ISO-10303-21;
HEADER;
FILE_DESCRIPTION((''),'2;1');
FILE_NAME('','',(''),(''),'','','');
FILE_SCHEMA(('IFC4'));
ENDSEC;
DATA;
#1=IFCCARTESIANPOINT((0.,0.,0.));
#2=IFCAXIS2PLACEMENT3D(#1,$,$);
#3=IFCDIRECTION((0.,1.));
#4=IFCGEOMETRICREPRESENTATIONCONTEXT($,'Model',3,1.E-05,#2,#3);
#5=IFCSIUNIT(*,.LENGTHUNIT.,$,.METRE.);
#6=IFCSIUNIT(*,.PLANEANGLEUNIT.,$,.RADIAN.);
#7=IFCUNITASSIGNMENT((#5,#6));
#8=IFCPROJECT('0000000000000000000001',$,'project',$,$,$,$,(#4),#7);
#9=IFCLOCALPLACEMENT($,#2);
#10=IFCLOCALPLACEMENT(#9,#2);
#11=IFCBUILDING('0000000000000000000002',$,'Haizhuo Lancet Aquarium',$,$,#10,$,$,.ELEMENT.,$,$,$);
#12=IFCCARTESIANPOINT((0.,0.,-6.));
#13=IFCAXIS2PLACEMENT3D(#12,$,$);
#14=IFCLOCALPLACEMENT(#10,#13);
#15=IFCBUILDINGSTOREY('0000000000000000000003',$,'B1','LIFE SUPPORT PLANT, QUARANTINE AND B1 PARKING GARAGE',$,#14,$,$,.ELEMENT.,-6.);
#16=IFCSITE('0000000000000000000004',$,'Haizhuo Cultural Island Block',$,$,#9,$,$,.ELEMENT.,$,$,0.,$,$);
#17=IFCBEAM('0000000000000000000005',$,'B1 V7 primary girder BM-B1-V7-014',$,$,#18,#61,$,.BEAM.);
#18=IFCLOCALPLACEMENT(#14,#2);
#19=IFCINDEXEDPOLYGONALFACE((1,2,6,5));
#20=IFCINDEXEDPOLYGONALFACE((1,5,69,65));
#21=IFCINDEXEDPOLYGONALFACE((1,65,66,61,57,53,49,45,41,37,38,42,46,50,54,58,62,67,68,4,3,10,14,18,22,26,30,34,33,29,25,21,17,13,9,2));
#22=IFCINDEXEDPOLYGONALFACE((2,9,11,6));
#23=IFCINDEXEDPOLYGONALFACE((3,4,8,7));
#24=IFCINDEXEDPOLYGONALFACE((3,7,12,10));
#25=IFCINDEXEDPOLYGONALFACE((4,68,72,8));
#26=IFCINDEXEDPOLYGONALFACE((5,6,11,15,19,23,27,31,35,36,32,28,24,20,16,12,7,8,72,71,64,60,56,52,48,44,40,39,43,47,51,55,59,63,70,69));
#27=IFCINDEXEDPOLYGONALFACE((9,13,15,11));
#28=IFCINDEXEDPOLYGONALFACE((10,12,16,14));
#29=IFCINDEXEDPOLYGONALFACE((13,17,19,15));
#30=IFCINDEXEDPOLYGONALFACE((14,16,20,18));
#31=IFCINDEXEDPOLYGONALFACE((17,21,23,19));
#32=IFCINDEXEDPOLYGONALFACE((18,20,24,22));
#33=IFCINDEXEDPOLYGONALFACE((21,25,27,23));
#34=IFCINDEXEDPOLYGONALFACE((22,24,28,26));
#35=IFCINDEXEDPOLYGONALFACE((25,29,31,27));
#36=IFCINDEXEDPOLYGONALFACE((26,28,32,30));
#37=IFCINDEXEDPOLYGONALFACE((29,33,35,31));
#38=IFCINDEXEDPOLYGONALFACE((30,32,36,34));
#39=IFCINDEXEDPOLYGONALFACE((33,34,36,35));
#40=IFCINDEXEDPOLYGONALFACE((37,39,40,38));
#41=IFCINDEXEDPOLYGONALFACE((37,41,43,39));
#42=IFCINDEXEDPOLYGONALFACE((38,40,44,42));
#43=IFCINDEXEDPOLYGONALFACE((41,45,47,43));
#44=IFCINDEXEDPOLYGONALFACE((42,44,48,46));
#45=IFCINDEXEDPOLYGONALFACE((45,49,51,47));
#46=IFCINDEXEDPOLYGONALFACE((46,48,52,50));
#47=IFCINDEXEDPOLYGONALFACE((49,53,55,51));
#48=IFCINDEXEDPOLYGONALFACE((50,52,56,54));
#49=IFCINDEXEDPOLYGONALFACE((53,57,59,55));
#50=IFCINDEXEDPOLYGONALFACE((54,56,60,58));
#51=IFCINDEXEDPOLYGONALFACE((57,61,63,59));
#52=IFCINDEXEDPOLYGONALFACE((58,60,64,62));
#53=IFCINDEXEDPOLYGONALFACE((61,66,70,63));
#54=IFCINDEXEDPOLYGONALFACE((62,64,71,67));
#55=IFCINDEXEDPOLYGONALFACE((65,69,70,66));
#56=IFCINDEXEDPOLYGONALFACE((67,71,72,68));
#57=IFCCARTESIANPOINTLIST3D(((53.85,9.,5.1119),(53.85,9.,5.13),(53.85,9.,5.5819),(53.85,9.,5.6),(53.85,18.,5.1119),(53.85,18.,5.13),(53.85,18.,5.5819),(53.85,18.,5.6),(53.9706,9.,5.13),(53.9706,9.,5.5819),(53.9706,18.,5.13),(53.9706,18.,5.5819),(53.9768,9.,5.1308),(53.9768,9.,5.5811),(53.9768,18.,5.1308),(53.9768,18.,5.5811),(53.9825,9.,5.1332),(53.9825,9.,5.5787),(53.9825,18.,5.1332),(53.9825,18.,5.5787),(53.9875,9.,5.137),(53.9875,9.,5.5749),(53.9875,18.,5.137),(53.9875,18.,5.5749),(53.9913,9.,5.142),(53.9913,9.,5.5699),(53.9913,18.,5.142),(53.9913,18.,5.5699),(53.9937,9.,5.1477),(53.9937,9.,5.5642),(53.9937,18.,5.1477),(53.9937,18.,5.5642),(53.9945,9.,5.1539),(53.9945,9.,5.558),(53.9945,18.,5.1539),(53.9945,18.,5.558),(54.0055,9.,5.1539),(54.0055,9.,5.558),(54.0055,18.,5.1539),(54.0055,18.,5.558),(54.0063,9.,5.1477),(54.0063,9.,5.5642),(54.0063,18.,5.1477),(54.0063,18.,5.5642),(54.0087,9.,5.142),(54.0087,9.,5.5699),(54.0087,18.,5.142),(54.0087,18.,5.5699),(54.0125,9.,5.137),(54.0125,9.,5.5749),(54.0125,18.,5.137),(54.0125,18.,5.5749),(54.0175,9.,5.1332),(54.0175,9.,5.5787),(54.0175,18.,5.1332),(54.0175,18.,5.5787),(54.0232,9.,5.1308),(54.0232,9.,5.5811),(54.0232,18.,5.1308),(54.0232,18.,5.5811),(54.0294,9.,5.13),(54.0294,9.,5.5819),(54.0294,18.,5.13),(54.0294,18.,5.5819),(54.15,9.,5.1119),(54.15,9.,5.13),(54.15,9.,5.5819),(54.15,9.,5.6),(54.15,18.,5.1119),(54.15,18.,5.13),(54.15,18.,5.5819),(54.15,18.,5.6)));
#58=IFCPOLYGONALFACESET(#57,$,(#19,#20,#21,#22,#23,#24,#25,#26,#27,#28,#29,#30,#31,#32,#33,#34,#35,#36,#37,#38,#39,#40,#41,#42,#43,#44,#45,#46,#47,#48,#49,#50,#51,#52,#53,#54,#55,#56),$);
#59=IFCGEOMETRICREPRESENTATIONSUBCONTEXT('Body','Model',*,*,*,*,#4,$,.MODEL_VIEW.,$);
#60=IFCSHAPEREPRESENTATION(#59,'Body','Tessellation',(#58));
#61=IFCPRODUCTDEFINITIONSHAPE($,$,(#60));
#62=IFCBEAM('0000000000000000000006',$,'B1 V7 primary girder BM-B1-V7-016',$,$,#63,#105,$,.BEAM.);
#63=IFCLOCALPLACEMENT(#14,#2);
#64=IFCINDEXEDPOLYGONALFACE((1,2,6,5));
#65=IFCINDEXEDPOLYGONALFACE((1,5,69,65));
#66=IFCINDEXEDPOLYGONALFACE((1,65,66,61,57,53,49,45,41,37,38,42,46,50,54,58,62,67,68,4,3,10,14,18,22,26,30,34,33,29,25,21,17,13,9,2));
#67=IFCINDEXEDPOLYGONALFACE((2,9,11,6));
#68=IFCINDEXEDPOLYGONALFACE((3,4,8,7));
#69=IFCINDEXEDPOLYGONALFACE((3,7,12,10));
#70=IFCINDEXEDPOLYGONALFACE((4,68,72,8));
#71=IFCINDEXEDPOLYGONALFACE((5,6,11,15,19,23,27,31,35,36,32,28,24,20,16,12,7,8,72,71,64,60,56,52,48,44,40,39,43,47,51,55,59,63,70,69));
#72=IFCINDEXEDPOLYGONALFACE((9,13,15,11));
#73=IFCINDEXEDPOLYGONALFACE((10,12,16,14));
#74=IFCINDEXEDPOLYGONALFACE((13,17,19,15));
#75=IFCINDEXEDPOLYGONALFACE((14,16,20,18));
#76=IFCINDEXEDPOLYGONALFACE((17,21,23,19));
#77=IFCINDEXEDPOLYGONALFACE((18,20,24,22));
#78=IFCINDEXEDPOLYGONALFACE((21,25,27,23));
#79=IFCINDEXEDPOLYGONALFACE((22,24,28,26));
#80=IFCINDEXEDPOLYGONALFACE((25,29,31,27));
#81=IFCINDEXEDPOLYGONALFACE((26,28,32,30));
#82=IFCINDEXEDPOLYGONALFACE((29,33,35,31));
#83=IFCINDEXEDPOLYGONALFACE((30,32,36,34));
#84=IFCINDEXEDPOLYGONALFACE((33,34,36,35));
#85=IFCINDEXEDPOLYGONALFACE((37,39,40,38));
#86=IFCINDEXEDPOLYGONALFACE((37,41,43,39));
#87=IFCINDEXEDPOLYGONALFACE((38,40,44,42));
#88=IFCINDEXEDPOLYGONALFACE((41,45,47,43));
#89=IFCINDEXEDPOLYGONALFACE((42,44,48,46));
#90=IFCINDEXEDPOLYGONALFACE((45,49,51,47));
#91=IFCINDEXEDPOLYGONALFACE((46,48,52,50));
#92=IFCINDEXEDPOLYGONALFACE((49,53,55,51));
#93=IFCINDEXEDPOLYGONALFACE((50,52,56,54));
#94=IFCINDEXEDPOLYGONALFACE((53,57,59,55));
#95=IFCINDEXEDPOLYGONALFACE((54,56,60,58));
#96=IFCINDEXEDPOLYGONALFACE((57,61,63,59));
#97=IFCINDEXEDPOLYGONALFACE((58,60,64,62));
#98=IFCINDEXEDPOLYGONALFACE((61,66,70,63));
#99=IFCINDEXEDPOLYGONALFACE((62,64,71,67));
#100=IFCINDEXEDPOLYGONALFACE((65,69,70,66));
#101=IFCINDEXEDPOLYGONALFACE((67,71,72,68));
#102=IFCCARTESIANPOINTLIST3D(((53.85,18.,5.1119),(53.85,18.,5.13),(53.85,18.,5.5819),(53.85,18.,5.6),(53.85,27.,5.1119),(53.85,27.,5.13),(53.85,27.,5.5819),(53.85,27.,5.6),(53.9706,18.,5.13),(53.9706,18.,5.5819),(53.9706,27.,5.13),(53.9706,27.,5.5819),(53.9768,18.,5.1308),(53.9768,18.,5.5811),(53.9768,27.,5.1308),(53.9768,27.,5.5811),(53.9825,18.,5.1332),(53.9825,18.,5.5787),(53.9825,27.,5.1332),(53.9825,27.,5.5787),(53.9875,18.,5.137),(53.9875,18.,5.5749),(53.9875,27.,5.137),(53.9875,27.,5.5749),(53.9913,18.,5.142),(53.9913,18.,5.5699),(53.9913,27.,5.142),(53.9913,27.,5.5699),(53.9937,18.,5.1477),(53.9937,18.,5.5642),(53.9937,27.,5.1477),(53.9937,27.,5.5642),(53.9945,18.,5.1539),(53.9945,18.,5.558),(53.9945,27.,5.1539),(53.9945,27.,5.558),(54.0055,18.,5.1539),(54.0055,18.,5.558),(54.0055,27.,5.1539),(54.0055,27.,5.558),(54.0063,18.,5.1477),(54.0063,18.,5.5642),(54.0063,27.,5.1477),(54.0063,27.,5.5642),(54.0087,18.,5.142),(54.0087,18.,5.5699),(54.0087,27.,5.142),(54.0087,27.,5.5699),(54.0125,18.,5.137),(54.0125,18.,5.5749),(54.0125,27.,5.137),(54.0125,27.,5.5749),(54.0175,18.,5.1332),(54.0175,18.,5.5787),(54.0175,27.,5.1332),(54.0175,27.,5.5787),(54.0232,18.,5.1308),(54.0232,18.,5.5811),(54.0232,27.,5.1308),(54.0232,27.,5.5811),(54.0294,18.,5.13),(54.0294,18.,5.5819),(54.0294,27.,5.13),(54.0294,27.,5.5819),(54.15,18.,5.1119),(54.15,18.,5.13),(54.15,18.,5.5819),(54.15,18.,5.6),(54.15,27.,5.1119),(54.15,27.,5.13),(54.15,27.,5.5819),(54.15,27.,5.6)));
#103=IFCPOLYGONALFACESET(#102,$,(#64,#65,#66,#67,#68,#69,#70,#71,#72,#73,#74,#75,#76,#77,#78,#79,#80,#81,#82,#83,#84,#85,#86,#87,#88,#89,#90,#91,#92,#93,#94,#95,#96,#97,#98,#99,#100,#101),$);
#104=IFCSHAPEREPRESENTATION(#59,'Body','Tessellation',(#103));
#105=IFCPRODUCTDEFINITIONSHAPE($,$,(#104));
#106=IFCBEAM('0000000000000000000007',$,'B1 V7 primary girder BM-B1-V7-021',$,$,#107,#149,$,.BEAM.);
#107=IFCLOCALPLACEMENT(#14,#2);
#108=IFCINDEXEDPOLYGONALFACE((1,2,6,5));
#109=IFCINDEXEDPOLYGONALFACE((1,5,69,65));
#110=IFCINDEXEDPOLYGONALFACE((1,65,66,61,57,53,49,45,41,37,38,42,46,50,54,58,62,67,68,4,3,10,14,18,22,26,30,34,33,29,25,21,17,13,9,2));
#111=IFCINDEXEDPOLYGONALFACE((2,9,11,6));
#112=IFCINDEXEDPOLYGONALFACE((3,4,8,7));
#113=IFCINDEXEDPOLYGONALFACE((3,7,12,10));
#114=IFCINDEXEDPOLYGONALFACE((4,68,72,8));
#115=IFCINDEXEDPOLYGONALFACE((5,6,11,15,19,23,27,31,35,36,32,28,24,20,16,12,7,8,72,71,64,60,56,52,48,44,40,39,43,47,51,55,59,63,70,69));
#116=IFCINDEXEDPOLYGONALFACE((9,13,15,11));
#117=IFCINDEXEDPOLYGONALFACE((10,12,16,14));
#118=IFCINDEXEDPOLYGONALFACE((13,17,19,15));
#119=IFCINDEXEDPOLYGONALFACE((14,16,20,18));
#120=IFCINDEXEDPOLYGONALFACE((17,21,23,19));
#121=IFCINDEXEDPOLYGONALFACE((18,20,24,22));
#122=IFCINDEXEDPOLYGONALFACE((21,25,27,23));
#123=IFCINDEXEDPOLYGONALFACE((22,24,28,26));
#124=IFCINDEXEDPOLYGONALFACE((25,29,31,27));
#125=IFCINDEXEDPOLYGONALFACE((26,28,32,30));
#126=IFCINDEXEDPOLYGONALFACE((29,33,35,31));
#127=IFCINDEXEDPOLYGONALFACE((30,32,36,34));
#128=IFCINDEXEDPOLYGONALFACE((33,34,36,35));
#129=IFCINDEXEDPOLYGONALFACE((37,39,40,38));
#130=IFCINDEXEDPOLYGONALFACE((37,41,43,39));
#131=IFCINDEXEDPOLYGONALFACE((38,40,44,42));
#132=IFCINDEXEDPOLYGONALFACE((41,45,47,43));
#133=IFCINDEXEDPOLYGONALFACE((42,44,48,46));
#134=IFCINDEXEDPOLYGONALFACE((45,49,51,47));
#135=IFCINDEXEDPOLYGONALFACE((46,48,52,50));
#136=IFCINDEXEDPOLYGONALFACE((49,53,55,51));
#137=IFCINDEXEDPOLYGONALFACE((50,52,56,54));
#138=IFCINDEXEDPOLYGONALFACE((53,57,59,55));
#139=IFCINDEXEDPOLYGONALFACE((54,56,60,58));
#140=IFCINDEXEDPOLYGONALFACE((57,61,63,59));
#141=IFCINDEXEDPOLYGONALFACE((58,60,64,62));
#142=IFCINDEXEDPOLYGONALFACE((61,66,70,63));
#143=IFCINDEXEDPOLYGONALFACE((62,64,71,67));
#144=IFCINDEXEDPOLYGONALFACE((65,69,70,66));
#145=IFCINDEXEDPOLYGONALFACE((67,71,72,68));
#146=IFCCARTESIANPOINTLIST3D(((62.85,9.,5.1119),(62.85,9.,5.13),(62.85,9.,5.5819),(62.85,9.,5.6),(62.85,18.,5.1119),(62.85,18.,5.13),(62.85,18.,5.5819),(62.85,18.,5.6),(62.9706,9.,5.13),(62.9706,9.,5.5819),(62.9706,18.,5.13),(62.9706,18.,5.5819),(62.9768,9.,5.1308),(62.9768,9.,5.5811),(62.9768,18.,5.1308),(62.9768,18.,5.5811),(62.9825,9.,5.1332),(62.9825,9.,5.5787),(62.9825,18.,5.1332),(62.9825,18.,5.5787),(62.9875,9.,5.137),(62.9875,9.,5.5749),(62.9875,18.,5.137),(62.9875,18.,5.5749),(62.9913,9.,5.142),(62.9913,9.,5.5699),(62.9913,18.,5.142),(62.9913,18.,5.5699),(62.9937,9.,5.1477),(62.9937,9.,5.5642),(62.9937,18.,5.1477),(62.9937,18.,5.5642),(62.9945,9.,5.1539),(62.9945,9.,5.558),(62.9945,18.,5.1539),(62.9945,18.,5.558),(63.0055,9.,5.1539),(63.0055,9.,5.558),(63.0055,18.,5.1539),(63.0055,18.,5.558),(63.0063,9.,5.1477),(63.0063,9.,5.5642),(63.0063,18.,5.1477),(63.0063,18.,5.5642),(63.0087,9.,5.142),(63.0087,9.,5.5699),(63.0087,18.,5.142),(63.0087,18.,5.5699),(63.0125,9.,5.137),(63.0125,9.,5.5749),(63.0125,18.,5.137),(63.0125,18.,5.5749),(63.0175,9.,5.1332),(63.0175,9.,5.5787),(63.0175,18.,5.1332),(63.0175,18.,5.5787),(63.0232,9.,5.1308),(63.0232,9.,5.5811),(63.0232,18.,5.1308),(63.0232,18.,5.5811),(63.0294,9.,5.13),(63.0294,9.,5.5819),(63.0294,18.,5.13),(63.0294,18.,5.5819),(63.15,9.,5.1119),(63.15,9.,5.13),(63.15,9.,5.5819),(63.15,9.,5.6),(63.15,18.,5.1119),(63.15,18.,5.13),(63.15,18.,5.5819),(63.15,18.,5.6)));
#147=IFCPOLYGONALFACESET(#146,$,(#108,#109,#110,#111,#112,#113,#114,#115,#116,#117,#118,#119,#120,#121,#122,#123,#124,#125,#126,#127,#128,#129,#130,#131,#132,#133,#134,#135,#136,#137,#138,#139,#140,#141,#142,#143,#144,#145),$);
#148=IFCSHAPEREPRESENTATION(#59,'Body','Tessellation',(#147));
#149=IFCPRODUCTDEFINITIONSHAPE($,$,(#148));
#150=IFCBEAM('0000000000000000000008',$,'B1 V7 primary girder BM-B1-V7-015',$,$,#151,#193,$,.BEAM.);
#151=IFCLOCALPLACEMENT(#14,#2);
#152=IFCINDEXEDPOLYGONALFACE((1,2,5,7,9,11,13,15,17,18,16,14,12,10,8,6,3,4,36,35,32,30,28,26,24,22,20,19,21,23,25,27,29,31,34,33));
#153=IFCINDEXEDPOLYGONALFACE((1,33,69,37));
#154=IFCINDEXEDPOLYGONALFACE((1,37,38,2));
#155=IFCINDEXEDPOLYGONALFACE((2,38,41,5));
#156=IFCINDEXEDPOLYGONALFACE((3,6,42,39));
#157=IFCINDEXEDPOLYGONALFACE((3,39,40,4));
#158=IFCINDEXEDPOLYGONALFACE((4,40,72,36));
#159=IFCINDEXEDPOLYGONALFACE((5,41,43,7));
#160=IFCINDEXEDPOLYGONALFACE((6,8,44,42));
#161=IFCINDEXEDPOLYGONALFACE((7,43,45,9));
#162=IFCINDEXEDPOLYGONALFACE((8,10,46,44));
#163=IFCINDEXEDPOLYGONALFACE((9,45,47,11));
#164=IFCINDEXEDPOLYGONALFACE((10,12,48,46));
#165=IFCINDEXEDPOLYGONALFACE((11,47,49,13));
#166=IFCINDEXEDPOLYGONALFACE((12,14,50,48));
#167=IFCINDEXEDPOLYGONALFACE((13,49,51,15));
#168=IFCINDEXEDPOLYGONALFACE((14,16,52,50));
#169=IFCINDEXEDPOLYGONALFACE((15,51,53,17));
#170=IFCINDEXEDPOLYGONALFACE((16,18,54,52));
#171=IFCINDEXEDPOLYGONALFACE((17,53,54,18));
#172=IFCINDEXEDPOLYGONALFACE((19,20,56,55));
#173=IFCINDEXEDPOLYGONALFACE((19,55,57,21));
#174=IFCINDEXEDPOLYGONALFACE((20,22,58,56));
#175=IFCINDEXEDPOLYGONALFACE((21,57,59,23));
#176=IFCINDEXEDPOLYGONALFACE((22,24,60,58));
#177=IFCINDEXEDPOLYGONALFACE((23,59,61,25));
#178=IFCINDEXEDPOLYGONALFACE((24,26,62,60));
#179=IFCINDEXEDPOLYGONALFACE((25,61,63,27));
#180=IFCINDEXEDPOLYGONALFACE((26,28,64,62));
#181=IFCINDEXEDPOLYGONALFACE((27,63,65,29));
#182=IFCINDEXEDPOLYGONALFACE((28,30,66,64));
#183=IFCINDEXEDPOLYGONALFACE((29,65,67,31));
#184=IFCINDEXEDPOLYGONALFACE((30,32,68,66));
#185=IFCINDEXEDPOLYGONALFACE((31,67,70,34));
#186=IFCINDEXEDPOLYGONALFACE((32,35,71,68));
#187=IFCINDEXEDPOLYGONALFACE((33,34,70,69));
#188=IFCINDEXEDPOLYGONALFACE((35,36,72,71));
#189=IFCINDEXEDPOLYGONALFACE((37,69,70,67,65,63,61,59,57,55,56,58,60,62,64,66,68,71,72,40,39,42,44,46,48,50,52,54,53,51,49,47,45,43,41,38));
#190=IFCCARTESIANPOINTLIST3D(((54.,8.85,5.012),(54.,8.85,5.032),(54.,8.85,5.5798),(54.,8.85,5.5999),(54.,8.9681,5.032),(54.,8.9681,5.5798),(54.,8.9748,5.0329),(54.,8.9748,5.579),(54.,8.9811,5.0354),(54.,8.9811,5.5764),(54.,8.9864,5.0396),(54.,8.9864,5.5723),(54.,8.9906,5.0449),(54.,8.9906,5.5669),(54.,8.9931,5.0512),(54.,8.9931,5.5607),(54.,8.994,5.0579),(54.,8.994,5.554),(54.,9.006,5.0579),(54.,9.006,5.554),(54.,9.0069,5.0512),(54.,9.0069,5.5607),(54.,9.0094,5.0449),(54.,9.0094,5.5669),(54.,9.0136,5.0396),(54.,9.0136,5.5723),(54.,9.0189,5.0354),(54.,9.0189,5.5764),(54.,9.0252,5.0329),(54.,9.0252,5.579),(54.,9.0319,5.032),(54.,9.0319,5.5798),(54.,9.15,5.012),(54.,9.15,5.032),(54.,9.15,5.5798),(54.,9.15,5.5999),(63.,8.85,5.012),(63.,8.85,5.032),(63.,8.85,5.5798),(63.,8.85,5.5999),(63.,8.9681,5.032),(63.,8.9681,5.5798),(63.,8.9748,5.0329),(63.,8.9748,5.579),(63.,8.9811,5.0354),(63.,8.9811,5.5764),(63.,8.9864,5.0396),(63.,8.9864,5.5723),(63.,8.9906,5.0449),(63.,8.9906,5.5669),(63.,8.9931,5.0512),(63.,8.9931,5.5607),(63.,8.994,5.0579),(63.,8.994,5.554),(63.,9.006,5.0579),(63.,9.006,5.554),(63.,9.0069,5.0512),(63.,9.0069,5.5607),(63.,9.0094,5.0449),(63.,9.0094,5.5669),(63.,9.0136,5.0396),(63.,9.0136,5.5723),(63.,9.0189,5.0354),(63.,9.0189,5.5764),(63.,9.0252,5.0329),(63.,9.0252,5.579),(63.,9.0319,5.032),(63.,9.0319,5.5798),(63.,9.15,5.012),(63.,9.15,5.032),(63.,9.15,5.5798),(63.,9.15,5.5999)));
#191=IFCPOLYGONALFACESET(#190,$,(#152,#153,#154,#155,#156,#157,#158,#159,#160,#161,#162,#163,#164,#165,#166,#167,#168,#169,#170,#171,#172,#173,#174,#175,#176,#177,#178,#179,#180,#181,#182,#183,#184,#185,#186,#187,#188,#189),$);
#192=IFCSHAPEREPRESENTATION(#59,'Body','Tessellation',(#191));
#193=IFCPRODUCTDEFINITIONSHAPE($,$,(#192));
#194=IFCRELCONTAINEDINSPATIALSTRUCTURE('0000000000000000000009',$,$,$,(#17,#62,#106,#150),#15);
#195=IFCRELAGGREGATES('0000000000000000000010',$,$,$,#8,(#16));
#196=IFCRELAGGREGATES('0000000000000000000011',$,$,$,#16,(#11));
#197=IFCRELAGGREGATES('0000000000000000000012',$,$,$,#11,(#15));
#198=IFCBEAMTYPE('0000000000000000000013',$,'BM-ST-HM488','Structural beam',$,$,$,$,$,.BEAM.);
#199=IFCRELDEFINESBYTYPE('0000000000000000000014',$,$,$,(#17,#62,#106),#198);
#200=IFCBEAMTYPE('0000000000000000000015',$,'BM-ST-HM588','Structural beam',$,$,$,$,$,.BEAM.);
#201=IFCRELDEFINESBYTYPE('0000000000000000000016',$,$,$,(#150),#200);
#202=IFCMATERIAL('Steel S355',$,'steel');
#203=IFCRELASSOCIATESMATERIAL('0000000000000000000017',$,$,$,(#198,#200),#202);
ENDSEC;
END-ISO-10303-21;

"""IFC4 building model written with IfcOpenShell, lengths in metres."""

from ifc_helpers import new_model, si_unit, direction, frame, origin, origin_2d, place, context, subcontext, project, spatial, i_section, extrude, material, material_profile, profile_set, type_object, element, save


model = new_model("IFC4")

# Units and contexts
model_context = context("Model", 3, precision=1e-05, world=origin(), true_north=direction((0.0, 1.0)))
body_context = subcontext(model_context, "Body", "Model", "MODEL_VIEW")
ifc_project = project(units=[si_unit("LENGTHUNIT", "METRE"), si_unit("PLANEANGLEUNIT", "RADIAN")], contexts=[model_context])

# Site, building, storey
site_placement = place(None, origin())
site = spatial("IfcSite", under=ifc_project, at=site_placement, Name="Haizhuo Cultural Island Block", CompositionType="ELEMENT", RefElevation=0.0)
building_placement = place(site_placement, origin())
building = spatial("IfcBuilding", under=site, at=building_placement, Name="Haizhuo Lancet Aquarium", CompositionType="ELEMENT")
storey_placement = place(building_placement, frame((0.0, 0.0, -6.0)))
storey = spatial("IfcBuildingStorey", under=building, at=storey_placement, Name="B1", Description="LIFE SUPPORT PLANT, QUARANTINE AND B1 PARKING GARAGE", CompositionType="ELEMENT", Elevation=-6.0)

# Shared definitions
ifc_material_1 = material(Name="Steel S355", Category="steel")

# Beams
ifc_material_profile_1 = material_profile(ifc_material_1, i_section(OverallWidth=0.3, OverallDepth=0.488, WebThickness=0.011, FlangeThickness=0.0181, FilletRadius=0.0239, at=origin_2d()), Name="HM 488x300x11x18")
ifc_profile_set_1 = profile_set([ifc_material_profile_1], Name="Steel S355")
beam_type_1 = type_object("IfcBeamType", Name="BM-ST-HM488", Description="Structural beam", PredefinedType="BEAM", material=ifc_profile_set_1)
for number, where, z_axis, x_axis, name in (
    (1, (54.0, 9.0, 5.356), (0.0, 1.0, 0.0), (-1.0, 0.0, 0.0), "B1 V7 primary girder BM-B1-V7-014"),
    (2, (54.0, 18.0, 5.356), (0.0, 1.0, 0.0), (-1.0, 0.0, 0.0), "B1 V7 primary girder BM-B1-V7-016"),
    (3, (63.0, 9.0, 5.356), (0.0, 1.0, 0.0), (-1.0, 0.0, 0.0), "B1 V7 primary girder BM-B1-V7-021"),
):
    element("IfcBeam", number, at=place(storey_placement, frame(where, z_axis=z_axis, x_axis=x_axis)), inside=storey, type_object=beam_type_1, Name=name, PredefinedType="BEAM", context=body_context, shape_type="SweptSolid", body=[
        extrude(i_section(OverallWidth=0.3, OverallDepth=0.488, WebThickness=0.011, FlangeThickness=0.0181, FilletRadius=0.0239, at=origin_2d()), origin(), (0.0, 0.0, 1.0), 9.0),
    ])
ifc_material_profile_2 = material_profile(ifc_material_1, i_section(OverallWidth=0.3, OverallDepth=0.5879, WebThickness=0.012, FlangeThickness=0.02, FilletRadius=0.0259, at=origin_2d()), Name="HM 588x300x12x20")
ifc_profile_set_2 = profile_set([ifc_material_profile_2], Name="Steel S355")
beam_type_2 = type_object("IfcBeamType", Name="BM-ST-HM588", Description="Structural beam", PredefinedType="BEAM", material=ifc_profile_set_2)
for number, where, z_axis, x_axis, name in (
    (4, (54.0, 9.0, 5.3059), (1.0, 0.0, 0.0), (0.0, 1.0, 0.0), "B1 V7 primary girder BM-B1-V7-015"),
):
    element("IfcBeam", number, at=place(storey_placement, frame(where, z_axis=z_axis, x_axis=x_axis)), inside=storey, type_object=beam_type_2, Name=name, PredefinedType="BEAM", context=body_context, shape_type="SweptSolid", body=[
        extrude(i_section(OverallWidth=0.3, OverallDepth=0.5879, WebThickness=0.012, FlangeThickness=0.02, FilletRadius=0.0259, at=origin_2d()), origin(), (0.0, 0.0, 1.0), 9.0),
    ])

save(model, "model.ifc")
